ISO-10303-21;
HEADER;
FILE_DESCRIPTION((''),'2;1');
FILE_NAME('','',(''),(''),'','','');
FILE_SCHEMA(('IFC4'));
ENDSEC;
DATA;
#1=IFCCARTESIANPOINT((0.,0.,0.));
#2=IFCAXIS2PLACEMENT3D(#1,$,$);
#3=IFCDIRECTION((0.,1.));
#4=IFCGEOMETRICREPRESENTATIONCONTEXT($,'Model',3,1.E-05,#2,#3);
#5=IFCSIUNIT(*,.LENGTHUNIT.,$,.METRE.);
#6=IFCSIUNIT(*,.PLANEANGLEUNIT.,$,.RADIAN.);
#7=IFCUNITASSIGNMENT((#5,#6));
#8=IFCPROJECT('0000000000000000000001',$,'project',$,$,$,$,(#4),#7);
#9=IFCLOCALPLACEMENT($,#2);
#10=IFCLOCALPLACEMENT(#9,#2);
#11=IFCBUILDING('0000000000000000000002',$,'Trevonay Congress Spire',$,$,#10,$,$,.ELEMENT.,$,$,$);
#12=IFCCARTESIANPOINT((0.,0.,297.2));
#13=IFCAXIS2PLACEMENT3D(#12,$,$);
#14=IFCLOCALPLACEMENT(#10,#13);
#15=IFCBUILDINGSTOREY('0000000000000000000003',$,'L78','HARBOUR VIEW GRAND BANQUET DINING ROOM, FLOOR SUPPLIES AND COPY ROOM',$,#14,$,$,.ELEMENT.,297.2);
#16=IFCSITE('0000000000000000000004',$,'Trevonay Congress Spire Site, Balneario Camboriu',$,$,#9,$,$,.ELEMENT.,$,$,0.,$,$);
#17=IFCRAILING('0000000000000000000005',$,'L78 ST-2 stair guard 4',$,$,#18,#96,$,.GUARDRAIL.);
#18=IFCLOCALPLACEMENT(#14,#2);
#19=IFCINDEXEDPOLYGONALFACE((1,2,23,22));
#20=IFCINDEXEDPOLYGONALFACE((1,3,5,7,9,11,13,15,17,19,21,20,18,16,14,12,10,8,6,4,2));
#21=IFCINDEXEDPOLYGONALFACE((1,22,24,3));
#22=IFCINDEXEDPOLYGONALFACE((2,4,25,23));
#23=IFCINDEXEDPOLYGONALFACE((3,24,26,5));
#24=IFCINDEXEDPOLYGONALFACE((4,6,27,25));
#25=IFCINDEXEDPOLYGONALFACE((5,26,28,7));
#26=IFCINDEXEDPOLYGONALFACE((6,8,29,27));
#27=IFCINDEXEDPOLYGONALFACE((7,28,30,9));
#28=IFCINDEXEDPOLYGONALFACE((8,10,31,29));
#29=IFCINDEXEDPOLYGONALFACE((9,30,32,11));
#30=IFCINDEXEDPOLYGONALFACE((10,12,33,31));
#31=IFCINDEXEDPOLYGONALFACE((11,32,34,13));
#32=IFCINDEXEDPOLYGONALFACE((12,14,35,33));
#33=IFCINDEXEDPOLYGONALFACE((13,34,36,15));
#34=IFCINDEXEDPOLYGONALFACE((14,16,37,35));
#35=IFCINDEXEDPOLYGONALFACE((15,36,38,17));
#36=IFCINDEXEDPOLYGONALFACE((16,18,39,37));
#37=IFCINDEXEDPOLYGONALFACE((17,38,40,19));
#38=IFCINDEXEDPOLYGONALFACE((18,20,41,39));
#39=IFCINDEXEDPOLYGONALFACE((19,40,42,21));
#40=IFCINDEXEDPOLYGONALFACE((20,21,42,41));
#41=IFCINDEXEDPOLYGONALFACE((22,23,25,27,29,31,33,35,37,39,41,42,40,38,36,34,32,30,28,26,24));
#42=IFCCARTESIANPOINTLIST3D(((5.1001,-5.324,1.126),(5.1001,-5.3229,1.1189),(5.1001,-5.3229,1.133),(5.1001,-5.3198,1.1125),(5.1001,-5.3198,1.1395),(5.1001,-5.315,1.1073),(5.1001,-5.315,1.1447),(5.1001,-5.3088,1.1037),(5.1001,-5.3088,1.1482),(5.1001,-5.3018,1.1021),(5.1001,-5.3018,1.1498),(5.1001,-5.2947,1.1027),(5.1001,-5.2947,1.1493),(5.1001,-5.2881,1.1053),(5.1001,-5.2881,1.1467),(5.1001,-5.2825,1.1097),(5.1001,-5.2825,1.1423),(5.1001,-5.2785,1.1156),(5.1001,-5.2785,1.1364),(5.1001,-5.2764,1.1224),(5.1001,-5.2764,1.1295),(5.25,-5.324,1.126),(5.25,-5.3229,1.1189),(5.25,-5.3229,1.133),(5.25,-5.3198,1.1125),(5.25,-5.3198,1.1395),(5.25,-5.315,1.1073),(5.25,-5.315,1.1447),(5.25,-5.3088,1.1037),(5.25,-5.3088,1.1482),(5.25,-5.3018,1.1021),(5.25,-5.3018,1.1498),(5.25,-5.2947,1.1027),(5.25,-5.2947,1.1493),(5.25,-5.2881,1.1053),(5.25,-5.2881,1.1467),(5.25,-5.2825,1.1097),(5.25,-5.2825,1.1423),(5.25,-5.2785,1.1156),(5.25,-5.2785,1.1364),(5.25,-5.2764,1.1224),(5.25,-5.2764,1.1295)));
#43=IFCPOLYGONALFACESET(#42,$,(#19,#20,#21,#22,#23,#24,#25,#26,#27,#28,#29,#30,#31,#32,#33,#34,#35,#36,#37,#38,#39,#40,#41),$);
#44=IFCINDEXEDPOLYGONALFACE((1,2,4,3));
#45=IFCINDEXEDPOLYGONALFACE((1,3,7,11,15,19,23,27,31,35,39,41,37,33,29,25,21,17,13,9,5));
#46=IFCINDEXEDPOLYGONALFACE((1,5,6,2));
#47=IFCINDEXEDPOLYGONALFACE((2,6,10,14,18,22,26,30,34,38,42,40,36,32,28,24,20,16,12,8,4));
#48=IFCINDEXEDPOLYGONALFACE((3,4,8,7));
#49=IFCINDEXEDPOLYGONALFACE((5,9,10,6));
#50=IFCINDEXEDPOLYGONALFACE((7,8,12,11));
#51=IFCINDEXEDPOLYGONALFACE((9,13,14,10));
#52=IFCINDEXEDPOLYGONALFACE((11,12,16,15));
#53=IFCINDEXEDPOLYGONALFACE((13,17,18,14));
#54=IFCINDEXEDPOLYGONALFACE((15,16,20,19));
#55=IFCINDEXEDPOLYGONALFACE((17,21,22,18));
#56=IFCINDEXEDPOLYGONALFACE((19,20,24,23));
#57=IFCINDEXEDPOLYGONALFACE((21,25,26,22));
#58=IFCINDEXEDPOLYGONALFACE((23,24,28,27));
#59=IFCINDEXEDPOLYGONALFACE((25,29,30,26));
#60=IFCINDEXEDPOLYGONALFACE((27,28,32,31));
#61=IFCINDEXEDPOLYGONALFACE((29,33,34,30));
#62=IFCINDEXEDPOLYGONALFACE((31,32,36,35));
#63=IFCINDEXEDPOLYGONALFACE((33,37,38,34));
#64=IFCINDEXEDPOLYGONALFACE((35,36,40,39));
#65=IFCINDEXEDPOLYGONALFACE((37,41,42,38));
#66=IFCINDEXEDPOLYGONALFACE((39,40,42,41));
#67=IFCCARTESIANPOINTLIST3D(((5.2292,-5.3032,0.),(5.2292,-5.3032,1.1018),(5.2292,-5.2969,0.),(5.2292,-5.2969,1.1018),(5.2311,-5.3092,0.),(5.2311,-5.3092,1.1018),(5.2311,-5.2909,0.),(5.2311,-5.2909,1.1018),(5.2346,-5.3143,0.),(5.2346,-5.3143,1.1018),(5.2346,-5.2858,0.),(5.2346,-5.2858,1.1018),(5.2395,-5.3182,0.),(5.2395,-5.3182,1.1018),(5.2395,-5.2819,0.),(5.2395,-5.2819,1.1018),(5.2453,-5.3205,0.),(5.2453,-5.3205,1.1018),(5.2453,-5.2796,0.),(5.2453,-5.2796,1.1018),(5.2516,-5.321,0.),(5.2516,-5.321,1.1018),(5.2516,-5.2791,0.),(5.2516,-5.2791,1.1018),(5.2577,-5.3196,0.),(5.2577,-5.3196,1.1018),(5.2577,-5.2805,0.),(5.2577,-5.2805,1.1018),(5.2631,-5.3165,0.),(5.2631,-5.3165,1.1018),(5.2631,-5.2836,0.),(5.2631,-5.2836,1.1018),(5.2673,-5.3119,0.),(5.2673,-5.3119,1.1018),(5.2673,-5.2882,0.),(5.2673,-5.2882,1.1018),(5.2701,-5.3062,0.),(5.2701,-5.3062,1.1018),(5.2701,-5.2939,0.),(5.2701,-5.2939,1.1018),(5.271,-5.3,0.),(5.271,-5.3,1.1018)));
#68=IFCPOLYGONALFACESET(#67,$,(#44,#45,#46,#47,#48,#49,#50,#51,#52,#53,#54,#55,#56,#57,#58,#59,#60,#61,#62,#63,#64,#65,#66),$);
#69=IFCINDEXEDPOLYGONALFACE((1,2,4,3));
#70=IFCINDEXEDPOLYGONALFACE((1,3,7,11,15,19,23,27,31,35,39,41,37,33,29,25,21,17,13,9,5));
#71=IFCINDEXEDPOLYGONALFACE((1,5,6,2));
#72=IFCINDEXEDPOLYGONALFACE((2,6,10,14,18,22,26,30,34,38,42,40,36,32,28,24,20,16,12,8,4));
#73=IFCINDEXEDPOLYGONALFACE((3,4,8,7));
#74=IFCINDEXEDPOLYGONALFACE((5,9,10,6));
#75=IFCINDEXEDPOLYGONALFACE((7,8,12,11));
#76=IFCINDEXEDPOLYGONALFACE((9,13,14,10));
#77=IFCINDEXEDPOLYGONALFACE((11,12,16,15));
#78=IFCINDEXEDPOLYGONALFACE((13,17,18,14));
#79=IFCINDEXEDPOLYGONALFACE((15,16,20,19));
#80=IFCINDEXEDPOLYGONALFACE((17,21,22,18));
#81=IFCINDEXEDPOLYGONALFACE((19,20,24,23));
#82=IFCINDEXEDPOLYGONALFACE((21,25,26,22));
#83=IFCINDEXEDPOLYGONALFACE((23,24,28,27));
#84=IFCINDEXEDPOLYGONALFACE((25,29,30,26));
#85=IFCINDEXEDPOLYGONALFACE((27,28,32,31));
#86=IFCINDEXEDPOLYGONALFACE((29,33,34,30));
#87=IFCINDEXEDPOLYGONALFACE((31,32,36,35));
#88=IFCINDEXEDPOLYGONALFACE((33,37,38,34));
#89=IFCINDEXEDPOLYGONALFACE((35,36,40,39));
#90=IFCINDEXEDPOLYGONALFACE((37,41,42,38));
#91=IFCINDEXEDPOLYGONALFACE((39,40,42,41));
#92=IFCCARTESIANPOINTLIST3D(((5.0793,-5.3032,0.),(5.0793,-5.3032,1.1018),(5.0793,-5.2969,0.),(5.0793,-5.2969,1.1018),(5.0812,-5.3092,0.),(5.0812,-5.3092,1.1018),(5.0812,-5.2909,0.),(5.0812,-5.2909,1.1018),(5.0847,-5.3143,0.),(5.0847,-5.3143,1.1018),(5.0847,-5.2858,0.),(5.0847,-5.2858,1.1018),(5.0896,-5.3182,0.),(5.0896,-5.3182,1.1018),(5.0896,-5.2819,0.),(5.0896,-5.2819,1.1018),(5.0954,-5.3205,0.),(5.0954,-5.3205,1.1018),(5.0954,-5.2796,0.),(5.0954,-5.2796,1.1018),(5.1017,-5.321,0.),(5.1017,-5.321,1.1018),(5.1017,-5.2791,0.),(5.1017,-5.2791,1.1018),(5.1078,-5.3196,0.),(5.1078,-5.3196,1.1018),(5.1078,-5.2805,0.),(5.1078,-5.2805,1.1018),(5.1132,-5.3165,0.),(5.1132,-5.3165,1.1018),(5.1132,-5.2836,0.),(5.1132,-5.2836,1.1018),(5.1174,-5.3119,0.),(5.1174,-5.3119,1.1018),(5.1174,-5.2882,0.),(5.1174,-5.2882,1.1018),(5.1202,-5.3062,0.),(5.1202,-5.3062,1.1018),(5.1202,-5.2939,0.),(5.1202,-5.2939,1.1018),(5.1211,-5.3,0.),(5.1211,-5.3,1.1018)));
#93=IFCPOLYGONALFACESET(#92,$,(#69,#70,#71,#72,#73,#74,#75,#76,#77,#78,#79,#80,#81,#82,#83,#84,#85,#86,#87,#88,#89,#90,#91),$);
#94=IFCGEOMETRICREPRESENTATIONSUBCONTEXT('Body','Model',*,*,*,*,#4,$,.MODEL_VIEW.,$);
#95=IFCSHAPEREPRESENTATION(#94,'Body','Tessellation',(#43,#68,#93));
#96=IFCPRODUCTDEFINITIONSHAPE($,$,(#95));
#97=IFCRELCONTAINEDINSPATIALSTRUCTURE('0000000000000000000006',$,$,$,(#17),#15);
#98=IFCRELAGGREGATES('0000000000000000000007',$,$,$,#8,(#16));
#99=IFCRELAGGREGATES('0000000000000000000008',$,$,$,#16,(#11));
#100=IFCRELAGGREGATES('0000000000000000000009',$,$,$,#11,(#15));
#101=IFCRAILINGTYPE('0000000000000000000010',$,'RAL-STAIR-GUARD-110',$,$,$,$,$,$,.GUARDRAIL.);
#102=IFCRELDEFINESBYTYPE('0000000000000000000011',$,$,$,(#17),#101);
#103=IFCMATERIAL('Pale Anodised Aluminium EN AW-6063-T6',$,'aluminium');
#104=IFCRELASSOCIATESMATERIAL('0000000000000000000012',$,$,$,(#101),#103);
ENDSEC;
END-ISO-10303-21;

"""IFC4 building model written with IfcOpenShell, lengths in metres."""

from ifc_helpers import new_model, si_unit, direction, frame, origin, origin_2d, place, context, subcontext, project, spatial, circle, extrude, material, type_object, element, save


model = new_model("IFC4")

# Units and contexts
model_context = context("Model", 3, precision=1e-05, world=origin(), true_north=direction((0.0, 1.0)))
body_context = subcontext(model_context, "Body", "Model", "MODEL_VIEW")
ifc_project = project(units=[si_unit("LENGTHUNIT", "METRE"), si_unit("PLANEANGLEUNIT", "RADIAN")], contexts=[model_context])

# Site, building, storey
site_placement = place(None, origin())
site = spatial("IfcSite", under=ifc_project, at=site_placement, Name="Trevonay Congress Spire Site, Balneario Camboriu", CompositionType="ELEMENT", RefElevation=0.0)
building_placement = place(site_placement, origin())
building = spatial("IfcBuilding", under=site, at=building_placement, Name="Trevonay Congress Spire", CompositionType="ELEMENT")
storey_placement = place(building_placement, frame((0.0, 0.0, 297.2)))
storey = spatial("IfcBuildingStorey", under=building, at=storey_placement, Name="L78", Description="HARBOUR VIEW GRAND BANQUET DINING ROOM, FLOOR SUPPLIES AND COPY ROOM", CompositionType="ELEMENT", Elevation=297.2)

# Shared definitions
ifc_material_1 = material(Name="Pale Anodised Aluminium EN AW-6063-T6", Category="aluminium")

# Railing
railing_type_1 = type_object("IfcRailingType", Name="RAL-STAIR-GUARD-110", PredefinedType="GUARDRAIL", material=ifc_material_1)
railing_1_placement = place(storey_placement, frame((5.25, -5.3, 0.0)))
element("IfcRailing", 1, at=railing_1_placement, inside=storey, type_object=railing_type_1, Name="L78 ST-2 stair guard 4", PredefinedType="GUARDRAIL", context=body_context, shape_type="SweptSolid", body=[
    extrude(circle(Radius=0.0239, at=origin_2d()), frame((0.0, 0.0, 1.126), z_axis=(-1.0, 0.0, 0.0), x_axis=(0.0, -1.0, 0.0)), (0.0, 0.0, 1.0), 0.1499),
    extrude(circle(Radius=0.021, at=origin_2d()), origin(), (0.0, 0.0, 1.0), 1.1018),
    extrude(circle(Radius=0.021, at=origin_2d()), frame((-0.1499, 0.0, 0.0)), (0.0, 0.0, 1.0), 1.1018),
])

save(model, "model.ifc")
